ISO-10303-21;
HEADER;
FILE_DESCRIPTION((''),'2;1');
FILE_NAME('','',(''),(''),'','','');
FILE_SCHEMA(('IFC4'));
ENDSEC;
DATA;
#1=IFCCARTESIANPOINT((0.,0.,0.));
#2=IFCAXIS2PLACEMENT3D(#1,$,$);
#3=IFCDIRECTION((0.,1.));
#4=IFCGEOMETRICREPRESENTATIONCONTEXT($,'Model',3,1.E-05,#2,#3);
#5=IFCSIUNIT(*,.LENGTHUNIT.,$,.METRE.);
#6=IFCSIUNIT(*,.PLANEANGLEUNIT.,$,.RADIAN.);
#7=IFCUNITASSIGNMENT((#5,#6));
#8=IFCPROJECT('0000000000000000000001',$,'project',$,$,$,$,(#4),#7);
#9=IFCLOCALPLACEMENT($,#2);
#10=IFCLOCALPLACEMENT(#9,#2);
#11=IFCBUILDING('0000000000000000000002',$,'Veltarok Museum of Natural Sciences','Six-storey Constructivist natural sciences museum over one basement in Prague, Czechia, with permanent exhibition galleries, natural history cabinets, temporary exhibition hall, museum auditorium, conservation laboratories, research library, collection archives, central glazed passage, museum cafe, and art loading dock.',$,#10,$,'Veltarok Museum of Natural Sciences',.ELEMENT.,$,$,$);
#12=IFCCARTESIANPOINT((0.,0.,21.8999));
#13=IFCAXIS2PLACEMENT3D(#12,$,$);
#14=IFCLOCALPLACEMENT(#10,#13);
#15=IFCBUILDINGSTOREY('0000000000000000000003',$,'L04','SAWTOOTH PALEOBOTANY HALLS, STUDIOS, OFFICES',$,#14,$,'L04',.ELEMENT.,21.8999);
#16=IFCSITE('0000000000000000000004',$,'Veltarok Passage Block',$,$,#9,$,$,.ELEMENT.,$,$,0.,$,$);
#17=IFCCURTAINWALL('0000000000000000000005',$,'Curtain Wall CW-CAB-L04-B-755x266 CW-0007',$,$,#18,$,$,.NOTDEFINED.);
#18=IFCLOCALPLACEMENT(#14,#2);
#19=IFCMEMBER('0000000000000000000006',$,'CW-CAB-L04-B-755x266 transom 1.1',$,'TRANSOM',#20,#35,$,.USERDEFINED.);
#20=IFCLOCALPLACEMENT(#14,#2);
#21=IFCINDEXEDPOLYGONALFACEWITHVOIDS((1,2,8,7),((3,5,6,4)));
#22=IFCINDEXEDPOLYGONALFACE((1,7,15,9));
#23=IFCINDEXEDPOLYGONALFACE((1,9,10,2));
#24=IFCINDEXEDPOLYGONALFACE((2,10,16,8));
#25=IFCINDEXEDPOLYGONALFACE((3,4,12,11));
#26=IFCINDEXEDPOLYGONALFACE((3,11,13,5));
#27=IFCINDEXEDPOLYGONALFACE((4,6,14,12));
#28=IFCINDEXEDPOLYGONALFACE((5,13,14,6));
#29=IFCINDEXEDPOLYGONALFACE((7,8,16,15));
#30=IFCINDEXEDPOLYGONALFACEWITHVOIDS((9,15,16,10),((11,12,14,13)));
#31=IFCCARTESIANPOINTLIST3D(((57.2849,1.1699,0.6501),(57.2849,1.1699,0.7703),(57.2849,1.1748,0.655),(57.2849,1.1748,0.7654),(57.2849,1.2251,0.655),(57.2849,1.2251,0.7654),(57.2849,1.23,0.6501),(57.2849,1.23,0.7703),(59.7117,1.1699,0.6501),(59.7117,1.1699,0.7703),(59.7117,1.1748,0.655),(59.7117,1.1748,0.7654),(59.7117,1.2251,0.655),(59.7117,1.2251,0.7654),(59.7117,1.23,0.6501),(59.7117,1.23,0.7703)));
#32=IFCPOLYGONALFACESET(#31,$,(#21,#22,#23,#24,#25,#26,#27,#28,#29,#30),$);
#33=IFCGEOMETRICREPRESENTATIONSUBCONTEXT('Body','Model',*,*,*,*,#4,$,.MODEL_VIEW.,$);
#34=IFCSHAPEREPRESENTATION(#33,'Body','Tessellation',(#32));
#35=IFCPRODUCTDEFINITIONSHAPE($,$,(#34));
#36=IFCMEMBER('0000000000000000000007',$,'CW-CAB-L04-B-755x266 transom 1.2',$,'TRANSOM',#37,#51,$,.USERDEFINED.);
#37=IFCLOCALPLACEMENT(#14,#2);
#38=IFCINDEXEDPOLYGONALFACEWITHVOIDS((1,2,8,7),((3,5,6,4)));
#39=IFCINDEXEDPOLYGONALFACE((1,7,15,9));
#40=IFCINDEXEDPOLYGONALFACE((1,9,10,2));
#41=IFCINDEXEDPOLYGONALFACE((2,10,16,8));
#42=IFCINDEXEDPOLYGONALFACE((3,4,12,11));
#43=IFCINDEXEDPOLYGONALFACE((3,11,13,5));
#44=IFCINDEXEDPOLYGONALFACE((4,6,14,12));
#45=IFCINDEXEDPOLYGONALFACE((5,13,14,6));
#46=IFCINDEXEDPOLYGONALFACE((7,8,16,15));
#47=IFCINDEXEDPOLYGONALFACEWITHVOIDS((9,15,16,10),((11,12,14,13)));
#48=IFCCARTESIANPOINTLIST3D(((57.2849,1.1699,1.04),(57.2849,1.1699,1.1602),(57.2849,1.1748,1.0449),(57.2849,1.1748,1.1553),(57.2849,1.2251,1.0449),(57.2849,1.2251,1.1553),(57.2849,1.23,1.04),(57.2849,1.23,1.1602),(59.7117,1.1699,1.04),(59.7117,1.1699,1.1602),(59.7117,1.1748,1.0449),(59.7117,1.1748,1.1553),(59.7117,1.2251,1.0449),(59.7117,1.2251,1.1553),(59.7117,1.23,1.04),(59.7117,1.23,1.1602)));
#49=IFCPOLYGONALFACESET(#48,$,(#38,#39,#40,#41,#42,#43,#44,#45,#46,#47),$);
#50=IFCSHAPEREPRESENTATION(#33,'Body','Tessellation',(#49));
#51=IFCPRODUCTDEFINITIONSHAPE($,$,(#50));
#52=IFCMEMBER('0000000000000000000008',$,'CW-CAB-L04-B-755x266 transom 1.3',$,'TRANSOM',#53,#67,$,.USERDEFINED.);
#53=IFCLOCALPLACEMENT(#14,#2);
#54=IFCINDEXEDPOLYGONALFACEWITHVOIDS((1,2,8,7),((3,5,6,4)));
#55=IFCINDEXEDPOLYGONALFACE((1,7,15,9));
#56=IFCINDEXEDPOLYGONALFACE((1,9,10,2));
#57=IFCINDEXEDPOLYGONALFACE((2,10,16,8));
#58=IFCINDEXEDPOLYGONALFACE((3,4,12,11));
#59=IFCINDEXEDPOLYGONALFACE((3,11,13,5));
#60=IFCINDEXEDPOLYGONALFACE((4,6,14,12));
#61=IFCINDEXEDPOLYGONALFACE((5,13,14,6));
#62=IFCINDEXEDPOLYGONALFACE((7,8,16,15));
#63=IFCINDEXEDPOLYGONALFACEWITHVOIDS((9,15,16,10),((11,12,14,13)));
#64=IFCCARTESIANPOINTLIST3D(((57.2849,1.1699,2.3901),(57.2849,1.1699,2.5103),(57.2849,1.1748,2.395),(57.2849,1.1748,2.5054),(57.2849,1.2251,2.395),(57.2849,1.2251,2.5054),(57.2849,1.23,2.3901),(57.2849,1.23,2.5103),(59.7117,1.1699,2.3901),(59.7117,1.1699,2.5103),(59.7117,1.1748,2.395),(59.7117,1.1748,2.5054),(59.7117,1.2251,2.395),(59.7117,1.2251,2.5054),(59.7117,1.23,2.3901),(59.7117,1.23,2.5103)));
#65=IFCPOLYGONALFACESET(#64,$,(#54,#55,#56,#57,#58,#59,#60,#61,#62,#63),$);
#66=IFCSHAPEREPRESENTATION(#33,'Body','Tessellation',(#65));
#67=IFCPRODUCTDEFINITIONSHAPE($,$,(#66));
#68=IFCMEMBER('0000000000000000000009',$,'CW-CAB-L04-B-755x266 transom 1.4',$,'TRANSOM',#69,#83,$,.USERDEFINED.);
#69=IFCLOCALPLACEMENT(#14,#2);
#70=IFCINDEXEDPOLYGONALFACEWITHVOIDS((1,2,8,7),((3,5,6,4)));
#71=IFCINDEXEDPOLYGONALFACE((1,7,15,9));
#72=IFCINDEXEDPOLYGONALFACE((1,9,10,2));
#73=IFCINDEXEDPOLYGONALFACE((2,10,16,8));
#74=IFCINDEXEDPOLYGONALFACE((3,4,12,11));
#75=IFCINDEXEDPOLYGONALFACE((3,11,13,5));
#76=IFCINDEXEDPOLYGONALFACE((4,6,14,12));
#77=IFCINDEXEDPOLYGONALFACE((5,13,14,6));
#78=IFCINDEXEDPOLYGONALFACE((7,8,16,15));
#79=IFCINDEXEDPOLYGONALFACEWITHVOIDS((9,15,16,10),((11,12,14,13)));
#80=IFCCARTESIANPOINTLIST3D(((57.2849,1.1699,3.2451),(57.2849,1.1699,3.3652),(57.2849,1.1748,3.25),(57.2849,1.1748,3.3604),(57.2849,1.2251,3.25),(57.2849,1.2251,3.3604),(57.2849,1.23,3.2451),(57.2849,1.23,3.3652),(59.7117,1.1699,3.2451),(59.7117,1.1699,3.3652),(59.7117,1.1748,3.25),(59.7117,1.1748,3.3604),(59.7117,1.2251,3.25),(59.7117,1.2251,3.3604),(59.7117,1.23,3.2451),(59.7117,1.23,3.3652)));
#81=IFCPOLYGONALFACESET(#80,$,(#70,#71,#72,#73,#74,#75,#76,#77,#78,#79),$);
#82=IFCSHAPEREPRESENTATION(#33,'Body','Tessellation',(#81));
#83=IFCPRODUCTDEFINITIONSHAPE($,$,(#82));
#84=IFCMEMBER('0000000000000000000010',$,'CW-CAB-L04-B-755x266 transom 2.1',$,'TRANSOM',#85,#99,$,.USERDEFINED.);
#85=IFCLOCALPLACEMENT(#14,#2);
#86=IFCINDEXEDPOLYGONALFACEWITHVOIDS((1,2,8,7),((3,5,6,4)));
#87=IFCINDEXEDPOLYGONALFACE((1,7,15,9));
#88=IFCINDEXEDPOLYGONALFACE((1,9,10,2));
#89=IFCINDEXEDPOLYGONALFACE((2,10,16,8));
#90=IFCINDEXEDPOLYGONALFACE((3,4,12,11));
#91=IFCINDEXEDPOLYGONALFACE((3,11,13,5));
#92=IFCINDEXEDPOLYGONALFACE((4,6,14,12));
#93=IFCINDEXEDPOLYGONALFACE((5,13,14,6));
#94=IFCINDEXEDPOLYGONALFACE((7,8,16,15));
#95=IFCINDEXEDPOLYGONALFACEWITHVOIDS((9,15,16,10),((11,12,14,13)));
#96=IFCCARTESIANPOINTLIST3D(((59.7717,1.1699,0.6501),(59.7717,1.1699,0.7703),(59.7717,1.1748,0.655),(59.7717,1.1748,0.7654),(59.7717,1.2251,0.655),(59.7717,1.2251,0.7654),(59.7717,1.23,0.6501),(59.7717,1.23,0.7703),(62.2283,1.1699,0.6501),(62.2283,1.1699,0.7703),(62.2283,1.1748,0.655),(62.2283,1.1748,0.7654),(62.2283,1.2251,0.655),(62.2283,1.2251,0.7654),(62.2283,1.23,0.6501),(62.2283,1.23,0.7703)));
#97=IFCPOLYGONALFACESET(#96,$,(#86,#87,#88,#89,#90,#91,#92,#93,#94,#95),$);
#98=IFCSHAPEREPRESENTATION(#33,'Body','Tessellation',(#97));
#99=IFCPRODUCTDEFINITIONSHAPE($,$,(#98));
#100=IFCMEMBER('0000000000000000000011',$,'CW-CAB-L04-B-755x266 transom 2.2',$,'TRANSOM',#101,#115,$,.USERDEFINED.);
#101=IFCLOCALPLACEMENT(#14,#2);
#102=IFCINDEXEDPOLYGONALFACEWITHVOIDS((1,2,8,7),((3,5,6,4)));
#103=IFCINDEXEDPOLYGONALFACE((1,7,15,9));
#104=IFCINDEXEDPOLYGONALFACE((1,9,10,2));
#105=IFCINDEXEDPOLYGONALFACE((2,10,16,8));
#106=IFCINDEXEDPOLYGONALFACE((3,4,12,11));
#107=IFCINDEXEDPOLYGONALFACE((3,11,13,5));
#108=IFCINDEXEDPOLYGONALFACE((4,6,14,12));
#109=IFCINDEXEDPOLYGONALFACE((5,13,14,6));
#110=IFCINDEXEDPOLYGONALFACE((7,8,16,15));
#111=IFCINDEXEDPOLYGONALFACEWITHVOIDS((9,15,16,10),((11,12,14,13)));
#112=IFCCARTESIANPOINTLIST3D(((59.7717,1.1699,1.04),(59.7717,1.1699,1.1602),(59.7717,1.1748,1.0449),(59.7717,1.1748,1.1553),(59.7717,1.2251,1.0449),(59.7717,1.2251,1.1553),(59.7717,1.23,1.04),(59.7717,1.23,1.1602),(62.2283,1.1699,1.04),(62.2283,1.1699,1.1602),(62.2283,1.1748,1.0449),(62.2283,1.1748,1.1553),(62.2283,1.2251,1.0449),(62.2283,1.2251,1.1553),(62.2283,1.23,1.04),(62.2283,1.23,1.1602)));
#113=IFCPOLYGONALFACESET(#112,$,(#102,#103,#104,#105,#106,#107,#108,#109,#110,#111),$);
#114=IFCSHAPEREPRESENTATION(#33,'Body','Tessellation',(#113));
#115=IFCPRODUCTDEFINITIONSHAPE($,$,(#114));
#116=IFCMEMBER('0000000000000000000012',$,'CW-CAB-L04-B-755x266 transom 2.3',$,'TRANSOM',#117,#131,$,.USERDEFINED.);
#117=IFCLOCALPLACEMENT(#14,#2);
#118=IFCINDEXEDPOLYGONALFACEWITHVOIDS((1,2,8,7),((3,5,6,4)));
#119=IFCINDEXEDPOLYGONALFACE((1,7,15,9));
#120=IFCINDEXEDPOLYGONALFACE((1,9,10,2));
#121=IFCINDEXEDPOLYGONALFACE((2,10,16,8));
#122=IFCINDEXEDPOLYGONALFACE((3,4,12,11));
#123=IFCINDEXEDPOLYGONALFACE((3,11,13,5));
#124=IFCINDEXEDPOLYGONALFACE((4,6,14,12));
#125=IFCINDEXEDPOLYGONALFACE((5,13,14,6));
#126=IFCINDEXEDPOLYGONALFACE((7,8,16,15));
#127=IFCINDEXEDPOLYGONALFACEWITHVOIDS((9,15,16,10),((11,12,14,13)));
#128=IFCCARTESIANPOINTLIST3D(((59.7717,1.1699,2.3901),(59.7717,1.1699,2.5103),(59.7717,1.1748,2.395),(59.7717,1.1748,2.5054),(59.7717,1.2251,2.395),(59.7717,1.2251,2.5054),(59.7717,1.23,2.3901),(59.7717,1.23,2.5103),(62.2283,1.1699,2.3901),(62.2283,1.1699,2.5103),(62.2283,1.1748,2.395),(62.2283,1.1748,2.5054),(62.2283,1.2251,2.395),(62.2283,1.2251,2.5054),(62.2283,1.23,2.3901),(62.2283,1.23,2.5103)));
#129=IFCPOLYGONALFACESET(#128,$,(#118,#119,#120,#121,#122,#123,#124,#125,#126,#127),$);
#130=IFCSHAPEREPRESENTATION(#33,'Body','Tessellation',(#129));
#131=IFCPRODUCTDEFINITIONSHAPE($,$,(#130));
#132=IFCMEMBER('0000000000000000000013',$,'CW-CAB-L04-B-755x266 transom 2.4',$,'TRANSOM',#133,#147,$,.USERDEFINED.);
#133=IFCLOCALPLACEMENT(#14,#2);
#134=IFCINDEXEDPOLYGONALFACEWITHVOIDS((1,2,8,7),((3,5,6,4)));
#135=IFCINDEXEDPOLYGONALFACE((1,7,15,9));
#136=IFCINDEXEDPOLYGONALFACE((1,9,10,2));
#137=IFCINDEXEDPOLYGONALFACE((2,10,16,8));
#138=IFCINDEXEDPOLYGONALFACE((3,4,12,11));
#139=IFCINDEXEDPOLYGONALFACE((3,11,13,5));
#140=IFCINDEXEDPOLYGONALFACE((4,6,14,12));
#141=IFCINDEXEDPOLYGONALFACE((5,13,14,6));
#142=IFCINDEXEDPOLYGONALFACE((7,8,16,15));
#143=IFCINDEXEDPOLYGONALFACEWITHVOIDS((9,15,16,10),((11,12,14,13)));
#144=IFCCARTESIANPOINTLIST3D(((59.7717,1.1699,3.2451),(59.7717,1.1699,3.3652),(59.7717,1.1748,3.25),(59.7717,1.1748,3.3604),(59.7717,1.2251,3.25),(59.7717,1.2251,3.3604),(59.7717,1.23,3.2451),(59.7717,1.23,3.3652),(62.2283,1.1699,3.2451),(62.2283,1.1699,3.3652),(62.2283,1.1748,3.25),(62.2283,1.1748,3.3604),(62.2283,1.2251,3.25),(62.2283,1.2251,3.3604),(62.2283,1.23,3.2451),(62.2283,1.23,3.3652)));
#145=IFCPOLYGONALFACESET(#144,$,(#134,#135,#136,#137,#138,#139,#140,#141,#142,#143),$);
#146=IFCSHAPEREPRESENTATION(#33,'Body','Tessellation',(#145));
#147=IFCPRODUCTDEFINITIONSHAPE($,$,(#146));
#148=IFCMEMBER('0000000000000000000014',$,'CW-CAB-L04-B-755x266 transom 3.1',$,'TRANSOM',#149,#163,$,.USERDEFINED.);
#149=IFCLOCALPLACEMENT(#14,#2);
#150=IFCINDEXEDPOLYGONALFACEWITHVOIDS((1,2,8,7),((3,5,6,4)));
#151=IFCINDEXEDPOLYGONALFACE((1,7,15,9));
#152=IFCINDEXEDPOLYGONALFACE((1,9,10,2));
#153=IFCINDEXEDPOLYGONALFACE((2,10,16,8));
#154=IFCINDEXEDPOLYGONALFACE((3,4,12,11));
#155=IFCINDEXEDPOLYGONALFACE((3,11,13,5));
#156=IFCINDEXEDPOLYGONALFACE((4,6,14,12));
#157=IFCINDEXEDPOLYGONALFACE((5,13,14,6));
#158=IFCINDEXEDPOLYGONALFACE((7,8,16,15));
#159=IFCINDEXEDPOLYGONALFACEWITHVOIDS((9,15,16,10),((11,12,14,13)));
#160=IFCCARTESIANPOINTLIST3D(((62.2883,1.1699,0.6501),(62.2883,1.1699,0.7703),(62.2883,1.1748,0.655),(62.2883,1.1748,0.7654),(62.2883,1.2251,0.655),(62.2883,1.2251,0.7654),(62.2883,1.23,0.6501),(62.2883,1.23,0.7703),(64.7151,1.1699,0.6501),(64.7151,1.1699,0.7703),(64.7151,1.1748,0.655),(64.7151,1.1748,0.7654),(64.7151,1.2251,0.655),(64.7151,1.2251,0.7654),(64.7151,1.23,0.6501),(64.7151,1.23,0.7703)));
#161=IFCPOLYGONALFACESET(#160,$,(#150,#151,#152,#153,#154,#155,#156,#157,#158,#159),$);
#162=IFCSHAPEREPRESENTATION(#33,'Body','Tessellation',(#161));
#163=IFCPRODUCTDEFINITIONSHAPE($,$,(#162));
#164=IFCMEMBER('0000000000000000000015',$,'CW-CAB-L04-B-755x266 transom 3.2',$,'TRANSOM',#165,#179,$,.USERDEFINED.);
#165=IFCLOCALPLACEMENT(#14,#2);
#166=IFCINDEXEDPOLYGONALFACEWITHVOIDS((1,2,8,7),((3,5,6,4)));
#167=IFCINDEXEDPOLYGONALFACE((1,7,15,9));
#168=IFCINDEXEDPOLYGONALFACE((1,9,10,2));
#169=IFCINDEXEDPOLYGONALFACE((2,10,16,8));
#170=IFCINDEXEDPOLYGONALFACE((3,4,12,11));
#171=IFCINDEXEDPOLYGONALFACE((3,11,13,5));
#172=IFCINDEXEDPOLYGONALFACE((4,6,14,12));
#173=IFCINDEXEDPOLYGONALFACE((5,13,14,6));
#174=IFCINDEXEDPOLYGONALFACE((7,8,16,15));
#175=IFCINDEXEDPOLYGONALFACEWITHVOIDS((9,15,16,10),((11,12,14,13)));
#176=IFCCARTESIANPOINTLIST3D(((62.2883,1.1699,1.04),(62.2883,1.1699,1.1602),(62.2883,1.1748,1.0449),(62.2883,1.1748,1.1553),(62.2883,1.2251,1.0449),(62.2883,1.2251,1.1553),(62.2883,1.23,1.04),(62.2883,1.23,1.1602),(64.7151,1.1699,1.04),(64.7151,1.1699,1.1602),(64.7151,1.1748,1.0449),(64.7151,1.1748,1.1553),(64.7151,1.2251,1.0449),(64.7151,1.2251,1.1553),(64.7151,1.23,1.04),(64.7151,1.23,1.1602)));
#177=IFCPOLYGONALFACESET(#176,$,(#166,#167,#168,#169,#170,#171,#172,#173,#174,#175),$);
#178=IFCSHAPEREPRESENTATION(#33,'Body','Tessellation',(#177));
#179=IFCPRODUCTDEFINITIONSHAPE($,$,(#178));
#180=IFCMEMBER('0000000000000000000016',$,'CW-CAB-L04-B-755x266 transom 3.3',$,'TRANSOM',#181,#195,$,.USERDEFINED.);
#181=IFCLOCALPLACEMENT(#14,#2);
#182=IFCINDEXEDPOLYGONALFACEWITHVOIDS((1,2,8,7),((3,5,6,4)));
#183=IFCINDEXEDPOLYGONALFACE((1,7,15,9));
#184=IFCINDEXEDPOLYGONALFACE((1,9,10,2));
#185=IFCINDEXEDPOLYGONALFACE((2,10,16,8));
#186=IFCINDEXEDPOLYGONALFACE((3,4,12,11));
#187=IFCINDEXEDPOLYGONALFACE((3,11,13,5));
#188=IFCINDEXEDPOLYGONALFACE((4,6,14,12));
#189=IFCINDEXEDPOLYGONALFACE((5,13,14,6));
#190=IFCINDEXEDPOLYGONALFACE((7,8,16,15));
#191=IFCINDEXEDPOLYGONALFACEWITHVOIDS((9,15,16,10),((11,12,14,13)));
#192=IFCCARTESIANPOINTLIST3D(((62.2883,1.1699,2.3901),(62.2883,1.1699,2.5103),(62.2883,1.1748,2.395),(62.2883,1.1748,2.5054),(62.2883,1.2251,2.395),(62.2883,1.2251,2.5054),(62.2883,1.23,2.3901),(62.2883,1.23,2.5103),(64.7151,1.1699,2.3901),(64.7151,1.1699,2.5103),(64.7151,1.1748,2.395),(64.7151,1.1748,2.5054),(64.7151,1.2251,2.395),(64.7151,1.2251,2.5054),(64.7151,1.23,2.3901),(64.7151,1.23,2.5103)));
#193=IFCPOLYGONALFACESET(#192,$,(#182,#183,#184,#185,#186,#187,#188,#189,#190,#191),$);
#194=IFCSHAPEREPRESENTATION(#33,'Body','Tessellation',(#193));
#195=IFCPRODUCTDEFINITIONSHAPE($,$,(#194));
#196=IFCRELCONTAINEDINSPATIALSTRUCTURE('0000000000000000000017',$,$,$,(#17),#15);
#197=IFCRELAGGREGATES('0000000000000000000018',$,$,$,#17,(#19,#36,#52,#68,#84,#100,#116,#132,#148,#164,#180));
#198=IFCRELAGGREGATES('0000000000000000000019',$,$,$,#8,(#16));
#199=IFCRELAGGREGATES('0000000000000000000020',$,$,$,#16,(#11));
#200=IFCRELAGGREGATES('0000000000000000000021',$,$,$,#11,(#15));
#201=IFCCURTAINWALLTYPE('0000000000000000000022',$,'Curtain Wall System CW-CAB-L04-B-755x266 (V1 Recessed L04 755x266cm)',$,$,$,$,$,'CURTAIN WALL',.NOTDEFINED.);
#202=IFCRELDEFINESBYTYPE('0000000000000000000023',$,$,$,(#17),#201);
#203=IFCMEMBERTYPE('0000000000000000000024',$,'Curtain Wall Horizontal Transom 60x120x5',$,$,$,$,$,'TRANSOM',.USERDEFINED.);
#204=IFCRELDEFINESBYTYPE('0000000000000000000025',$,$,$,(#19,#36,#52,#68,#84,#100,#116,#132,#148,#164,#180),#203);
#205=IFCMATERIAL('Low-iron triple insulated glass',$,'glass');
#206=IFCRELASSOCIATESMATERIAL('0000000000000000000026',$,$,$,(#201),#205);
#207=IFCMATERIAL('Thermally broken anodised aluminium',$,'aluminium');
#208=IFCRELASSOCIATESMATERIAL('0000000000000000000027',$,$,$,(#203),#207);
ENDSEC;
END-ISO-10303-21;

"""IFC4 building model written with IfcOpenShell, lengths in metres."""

from ifc_helpers import new_model, si_unit, direction, frame, origin, origin_2d, place, context, subcontext, project, spatial, hollow_rectangle, extrude, material, material_profile, profile_set, type_object, element, aggregate, save


model = new_model("IFC4")

# Units and contexts
model_context = context("Model", 3, precision=1e-05, world=origin(), true_north=direction((0.0, 1.0)))
body_context = subcontext(model_context, "Body", "Model", "MODEL_VIEW")
ifc_project = project(units=[si_unit("LENGTHUNIT", "METRE"), si_unit("PLANEANGLEUNIT", "RADIAN")], contexts=[model_context])

# Site, building, storey
site_placement = place(None, origin())
site = spatial("IfcSite", under=ifc_project, at=site_placement, Name="Veltarok Passage Block", CompositionType="ELEMENT", RefElevation=0.0)
building_placement = place(site_placement, origin())
building = spatial("IfcBuilding", under=site, at=building_placement, Name="Veltarok Museum of Natural Sciences", Description="Six-storey Constructivist natural sciences museum over one basement in Prague, Czechia, with permanent exhibition galleries, natural history cabinets, temporary exhibition hall, museum auditorium, conservation laboratories, research library, collection archives, central glazed passage, museum cafe, and art loading dock.", LongName="Veltarok Museum of Natural Sciences", CompositionType="ELEMENT")
storey_placement = place(building_placement, frame((0.0, 0.0, 21.8999)))
storey = spatial("IfcBuildingStorey", under=building, at=storey_placement, Name="L04", Description="SAWTOOTH PALEOBOTANY HALLS, STUDIOS, OFFICES", LongName="L04", CompositionType="ELEMENT", Elevation=21.8999)

# Curtain wall, members
ifc_material_1 = material(Name="Low-iron triple insulated glass", Category="glass")
curtain_wall_type = type_object("IfcCurtainWallType", Name="Curtain Wall System CW-CAB-L04-B-755x266 (V1 Recessed L04 755x266cm)", ElementType="CURTAIN WALL", PredefinedType="NOTDEFINED", material=ifc_material_1)
curtain_wall_placement = place(storey_placement, origin())
curtain_wall = element("IfcCurtainWall", 1, at=curtain_wall_placement, inside=storey, type_object=curtain_wall_type, Name="Curtain Wall CW-CAB-L04-B-755x266 CW-0007", PredefinedType="NOTDEFINED")
ifc_material_2 = material(Name="Thermally broken anodised aluminium", Category="aluminium")
ifc_material_profile_1 = material_profile(ifc_material_2, hollow_rectangle(XDim=0.0601, YDim=0.1201, WallThickness=0.0049, at=origin_2d()), Name="CW TRANSOM 60x120x5")
ifc_profile_set_1 = profile_set([ifc_material_profile_1], Name="Thermally broken anodised aluminium")
member_type_1 = type_object("IfcMemberType", Name="Curtain Wall Horizontal Transom 60x120x5", ElementType="TRANSOM", PredefinedType="USERDEFINED", material=ifc_profile_set_1)
member_1_placement = place(storey_placement, frame((57.2849, 1.2, 0.7102), z_axis=(1.0, 0.0, 0.0), x_axis=(0.0, 1.0, 0.0)))
member_1 = element("IfcMember", 2, at=member_1_placement, type_object=member_type_1, Name="CW-CAB-L04-B-755x266 transom 1.1", ObjectType="TRANSOM", PredefinedType="USERDEFINED", context=body_context, shape_type="SweptSolid", body=[
    extrude(hollow_rectangle(XDim=0.0601, YDim=0.1201, WallThickness=0.0049, at=origin_2d()), origin(), (0.0, 0.0, 1.0), 2.4268),
])
member_2_placement = place(storey_placement, frame((57.2849, 1.2, 1.1001), z_axis=(1.0, 0.0, 0.0), x_axis=(0.0, 1.0, 0.0)))
member_2 = element("IfcMember", 3, at=member_2_placement, type_object=member_type_1, Name="CW-CAB-L04-B-755x266 transom 1.2", ObjectType="TRANSOM", PredefinedType="USERDEFINED", context=body_context, shape_type="SweptSolid", body=[
    extrude(hollow_rectangle(XDim=0.0601, YDim=0.1201, WallThickness=0.0049, at=origin_2d()), origin(), (0.0, 0.0, 1.0), 2.4268),
])
member_3_placement = place(storey_placement, frame((57.2849, 1.2, 2.4502), z_axis=(1.0, 0.0, 0.0), x_axis=(0.0, 1.0, 0.0)))
member_3 = element("IfcMember", 4, at=member_3_placement, type_object=member_type_1, Name="CW-CAB-L04-B-755x266 transom 1.3", ObjectType="TRANSOM", PredefinedType="USERDEFINED", context=body_context, shape_type="SweptSolid", body=[
    extrude(hollow_rectangle(XDim=0.0601, YDim=0.1201, WallThickness=0.0049, at=origin_2d()), origin(), (0.0, 0.0, 1.0), 2.4268),
])
member_4_placement = place(storey_placement, frame((57.2849, 1.2, 3.3052), z_axis=(1.0, 0.0, 0.0), x_axis=(0.0, 1.0, 0.0)))
member_4 = element("IfcMember", 5, at=member_4_placement, type_object=member_type_1, Name="CW-CAB-L04-B-755x266 transom 1.4", ObjectType="TRANSOM", PredefinedType="USERDEFINED", context=body_context, shape_type="SweptSolid", body=[
    extrude(hollow_rectangle(XDim=0.0601, YDim=0.1201, WallThickness=0.0049, at=origin_2d()), origin(), (0.0, 0.0, 1.0), 2.4268),
])
member_5_placement = place(storey_placement, frame((59.7717, 1.2, 0.7102), z_axis=(1.0, 0.0, 0.0), x_axis=(0.0, 1.0, 0.0)))
member_5 = element("IfcMember", 6, at=member_5_placement, type_object=member_type_1, Name="CW-CAB-L04-B-755x266 transom 2.1", ObjectType="TRANSOM", PredefinedType="USERDEFINED", context=body_context, shape_type="SweptSolid", body=[
    extrude(hollow_rectangle(XDim=0.0601, YDim=0.1201, WallThickness=0.0049, at=origin_2d()), origin(), (0.0, 0.0, 1.0), 2.4565),
])
member_6_placement = place(storey_placement, frame((59.7717, 1.2, 1.1001), z_axis=(1.0, 0.0, 0.0), x_axis=(0.0, 1.0, 0.0)))
member_6 = element("IfcMember", 7, at=member_6_placement, type_object=member_type_1, Name="CW-CAB-L04-B-755x266 transom 2.2", ObjectType="TRANSOM", PredefinedType="USERDEFINED", context=body_context, shape_type="SweptSolid", body=[
    extrude(hollow_rectangle(XDim=0.0601, YDim=0.1201, WallThickness=0.0049, at=origin_2d()), origin(), (0.0, 0.0, 1.0), 2.4565),
])
member_7_placement = place(storey_placement, frame((59.7717, 1.2, 2.4502), z_axis=(1.0, 0.0, 0.0), x_axis=(0.0, 1.0, 0.0)))
member_7 = element("IfcMember", 8, at=member_7_placement, type_object=member_type_1, Name="CW-CAB-L04-B-755x266 transom 2.3", ObjectType="TRANSOM", PredefinedType="USERDEFINED", context=body_context, shape_type="SweptSolid", body=[
    extrude(hollow_rectangle(XDim=0.0601, YDim=0.1201, WallThickness=0.0049, at=origin_2d()), origin(), (0.0, 0.0, 1.0), 2.4565),
])
member_8_placement = place(storey_placement, frame((59.7717, 1.2, 3.3052), z_axis=(1.0, 0.0, 0.0), x_axis=(0.0, 1.0, 0.0)))
member_8 = element("IfcMember", 9, at=member_8_placement, type_object=member_type_1, Name="CW-CAB-L04-B-755x266 transom 2.4", ObjectType="TRANSOM", PredefinedType="USERDEFINED", context=body_context, shape_type="SweptSolid", body=[
    extrude(hollow_rectangle(XDim=0.0601, YDim=0.1201, WallThickness=0.0049, at=origin_2d()), origin(), (0.0, 0.0, 1.0), 2.4565),
])
member_9_placement = place(storey_placement, frame((62.2883, 1.2, 0.7102), z_axis=(1.0, 0.0, 0.0), x_axis=(0.0, 1.0, 0.0)))
member_9 = element("IfcMember", 10, at=member_9_placement, type_object=member_type_1, Name="CW-CAB-L04-B-755x266 transom 3.1", ObjectType="TRANSOM", PredefinedType="USERDEFINED", context=body_context, shape_type="SweptSolid", body=[
    extrude(hollow_rectangle(XDim=0.0601, YDim=0.1201, WallThickness=0.0049, at=origin_2d()), origin(), (0.0, 0.0, 1.0), 2.4268),
])
member_10_placement = place(storey_placement, frame((62.2883, 1.2, 1.1001), z_axis=(1.0, 0.0, 0.0), x_axis=(0.0, 1.0, 0.0)))
member_10 = element("IfcMember", 11, at=member_10_placement, type_object=member_type_1, Name="CW-CAB-L04-B-755x266 transom 3.2", ObjectType="TRANSOM", PredefinedType="USERDEFINED", context=body_context, shape_type="SweptSolid", body=[
    extrude(hollow_rectangle(XDim=0.0601, YDim=0.1201, WallThickness=0.0049, at=origin_2d()), origin(), (0.0, 0.0, 1.0), 2.4268),
])
member_11_placement = place(storey_placement, frame((62.2883, 1.2, 2.4502), z_axis=(1.0, 0.0, 0.0), x_axis=(0.0, 1.0, 0.0)))
member_11 = element("IfcMember", 12, at=member_11_placement, type_object=member_type_1, Name="CW-CAB-L04-B-755x266 transom 3.3", ObjectType="TRANSOM", PredefinedType="USERDEFINED", context=body_context, shape_type="SweptSolid", body=[
    extrude(hollow_rectangle(XDim=0.0601, YDim=0.1201, WallThickness=0.0049, at=origin_2d()), origin(), (0.0, 0.0, 1.0), 2.4268),
])

aggregate(curtain_wall, [member_1, member_2, member_3, member_4, member_5, member_6, member_7, member_8, member_9, member_10, member_11])

save(model, "model.ifc")
